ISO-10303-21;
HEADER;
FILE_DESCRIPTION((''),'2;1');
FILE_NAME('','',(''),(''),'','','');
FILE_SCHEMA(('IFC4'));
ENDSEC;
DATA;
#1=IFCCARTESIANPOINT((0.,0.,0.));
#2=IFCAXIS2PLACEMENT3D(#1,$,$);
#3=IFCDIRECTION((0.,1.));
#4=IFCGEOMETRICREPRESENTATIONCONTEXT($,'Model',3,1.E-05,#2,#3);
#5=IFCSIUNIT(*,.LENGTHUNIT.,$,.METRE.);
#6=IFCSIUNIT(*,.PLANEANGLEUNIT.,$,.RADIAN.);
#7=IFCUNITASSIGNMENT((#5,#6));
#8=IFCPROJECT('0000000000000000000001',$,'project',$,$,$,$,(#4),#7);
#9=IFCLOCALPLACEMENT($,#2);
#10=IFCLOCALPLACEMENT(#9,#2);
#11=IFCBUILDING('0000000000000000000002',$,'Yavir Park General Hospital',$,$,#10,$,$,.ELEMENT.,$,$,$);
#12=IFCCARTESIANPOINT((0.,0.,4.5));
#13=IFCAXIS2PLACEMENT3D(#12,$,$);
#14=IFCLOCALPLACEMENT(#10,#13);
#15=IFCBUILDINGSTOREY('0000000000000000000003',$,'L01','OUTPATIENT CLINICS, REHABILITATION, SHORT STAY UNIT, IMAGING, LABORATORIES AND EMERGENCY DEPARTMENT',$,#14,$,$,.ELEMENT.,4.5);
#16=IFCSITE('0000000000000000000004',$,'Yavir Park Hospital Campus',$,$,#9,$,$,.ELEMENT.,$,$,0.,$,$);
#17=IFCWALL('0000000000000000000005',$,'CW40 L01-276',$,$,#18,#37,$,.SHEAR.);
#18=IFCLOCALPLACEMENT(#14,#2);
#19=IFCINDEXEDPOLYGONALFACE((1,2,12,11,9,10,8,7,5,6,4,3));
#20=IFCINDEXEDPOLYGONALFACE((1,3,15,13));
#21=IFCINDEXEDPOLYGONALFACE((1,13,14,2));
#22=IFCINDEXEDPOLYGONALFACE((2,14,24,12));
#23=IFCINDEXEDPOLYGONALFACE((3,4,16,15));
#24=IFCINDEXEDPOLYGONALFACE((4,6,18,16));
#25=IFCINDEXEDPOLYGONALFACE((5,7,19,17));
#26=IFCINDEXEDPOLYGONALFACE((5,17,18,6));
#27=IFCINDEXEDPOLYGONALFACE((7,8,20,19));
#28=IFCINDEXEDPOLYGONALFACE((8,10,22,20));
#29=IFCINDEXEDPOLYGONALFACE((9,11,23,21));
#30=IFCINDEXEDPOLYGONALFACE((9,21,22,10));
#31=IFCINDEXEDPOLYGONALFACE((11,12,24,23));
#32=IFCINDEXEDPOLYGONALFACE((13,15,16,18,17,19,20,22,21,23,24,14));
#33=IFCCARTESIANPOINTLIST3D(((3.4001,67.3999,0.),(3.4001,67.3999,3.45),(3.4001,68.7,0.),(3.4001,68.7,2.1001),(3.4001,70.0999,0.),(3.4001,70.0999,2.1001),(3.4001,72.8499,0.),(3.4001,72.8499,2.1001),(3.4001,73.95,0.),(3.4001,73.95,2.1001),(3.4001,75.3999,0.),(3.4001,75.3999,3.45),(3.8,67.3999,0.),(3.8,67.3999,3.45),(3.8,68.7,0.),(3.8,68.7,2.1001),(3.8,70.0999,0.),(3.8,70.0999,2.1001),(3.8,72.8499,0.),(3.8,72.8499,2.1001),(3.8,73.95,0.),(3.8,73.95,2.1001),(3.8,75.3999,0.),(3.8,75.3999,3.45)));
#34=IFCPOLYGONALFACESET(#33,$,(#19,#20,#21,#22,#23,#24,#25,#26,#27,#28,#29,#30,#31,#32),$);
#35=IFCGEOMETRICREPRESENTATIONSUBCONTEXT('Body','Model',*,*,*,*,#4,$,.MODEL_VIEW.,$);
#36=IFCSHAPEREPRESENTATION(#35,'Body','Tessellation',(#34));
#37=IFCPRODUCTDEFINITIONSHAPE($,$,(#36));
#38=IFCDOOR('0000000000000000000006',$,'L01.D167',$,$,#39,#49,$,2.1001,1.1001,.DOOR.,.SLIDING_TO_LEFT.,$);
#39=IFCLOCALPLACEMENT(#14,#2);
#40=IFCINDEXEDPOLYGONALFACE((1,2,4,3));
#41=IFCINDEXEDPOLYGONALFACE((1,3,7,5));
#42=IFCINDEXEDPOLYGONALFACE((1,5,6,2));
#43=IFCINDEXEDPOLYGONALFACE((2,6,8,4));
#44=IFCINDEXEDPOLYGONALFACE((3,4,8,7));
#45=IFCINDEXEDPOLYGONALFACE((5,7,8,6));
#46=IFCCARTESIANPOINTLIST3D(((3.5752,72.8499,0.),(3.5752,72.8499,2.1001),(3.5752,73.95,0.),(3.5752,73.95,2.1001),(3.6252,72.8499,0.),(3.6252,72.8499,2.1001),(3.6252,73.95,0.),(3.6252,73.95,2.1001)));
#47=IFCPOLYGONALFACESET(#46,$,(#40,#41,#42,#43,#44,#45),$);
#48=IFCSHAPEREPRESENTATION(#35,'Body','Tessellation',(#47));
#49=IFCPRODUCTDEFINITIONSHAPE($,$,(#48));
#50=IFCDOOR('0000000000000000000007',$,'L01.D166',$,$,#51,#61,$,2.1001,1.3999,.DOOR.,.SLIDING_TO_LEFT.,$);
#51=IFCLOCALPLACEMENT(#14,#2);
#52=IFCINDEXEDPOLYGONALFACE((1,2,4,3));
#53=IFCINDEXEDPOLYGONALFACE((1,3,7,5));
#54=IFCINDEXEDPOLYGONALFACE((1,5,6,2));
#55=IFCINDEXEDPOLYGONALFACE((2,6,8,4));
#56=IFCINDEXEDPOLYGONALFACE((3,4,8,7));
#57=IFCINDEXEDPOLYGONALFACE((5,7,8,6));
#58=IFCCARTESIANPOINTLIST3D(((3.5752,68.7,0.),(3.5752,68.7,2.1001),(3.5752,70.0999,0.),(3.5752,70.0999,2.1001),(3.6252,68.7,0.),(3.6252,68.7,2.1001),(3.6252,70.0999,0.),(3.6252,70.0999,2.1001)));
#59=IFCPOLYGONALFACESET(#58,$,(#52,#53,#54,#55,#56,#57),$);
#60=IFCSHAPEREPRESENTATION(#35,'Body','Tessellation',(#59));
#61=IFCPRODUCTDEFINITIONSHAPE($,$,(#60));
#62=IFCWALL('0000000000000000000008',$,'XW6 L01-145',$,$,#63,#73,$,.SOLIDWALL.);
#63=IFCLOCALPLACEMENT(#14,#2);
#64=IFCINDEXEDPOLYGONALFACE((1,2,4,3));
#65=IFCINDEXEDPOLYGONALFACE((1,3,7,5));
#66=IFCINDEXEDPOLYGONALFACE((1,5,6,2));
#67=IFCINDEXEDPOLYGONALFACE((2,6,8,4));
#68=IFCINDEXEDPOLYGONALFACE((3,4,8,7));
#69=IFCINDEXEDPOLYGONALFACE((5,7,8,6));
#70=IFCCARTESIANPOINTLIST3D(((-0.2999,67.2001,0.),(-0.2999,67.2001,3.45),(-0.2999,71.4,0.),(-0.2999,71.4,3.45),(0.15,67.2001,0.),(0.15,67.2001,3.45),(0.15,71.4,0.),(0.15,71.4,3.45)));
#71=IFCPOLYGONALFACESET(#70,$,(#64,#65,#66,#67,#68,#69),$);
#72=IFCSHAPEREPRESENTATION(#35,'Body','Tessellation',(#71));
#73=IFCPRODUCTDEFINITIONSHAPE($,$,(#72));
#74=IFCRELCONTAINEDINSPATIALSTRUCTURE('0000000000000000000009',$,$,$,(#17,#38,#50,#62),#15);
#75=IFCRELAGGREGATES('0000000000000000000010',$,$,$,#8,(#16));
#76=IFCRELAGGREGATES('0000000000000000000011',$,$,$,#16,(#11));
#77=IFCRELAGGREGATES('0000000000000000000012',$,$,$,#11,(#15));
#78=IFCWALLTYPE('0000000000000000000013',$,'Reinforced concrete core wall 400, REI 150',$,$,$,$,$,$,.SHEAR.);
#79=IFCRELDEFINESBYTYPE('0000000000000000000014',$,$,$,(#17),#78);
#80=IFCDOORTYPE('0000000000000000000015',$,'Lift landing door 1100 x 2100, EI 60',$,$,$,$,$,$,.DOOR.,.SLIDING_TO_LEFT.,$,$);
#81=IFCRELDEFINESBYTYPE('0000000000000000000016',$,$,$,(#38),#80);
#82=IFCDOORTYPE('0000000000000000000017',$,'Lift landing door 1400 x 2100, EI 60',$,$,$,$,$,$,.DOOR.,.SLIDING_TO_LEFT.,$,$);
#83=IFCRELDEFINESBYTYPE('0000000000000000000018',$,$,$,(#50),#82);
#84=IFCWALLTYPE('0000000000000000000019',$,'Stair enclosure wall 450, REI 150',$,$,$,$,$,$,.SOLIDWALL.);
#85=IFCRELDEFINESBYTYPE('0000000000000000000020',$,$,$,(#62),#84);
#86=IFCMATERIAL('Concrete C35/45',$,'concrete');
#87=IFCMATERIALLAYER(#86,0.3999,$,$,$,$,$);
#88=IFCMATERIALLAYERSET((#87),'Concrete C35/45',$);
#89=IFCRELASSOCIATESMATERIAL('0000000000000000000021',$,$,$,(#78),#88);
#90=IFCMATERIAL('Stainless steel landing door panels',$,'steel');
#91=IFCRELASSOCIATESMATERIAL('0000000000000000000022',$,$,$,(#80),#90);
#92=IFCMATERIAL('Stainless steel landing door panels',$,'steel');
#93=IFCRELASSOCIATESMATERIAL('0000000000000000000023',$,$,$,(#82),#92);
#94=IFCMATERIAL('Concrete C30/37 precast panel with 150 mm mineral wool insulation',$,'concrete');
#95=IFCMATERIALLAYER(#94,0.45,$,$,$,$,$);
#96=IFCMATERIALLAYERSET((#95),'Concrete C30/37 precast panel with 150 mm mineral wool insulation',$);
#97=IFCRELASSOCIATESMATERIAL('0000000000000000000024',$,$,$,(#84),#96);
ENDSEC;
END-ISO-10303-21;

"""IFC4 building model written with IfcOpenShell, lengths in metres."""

from ifc_helpers import new_model, si_unit, direction, frame, frame_2d, origin, place, context, subcontext, project, spatial, rectangle, extrude, material, layer, layer_set, type_object, element, fill, save


model = new_model("IFC4")

# Units and contexts
model_context = context("Model", 3, precision=1e-05, world=origin(), true_north=direction((0.0, 1.0)))
body_context = subcontext(model_context, "Body", "Model", "MODEL_VIEW")
ifc_project = project(units=[si_unit("LENGTHUNIT", "METRE"), si_unit("PLANEANGLEUNIT", "RADIAN")], contexts=[model_context])

# Site, building, storey
site_placement = place(None, origin())
site = spatial("IfcSite", under=ifc_project, at=site_placement, Name="Yavir Park Hospital Campus", CompositionType="ELEMENT", RefElevation=0.0)
building_placement = place(site_placement, origin())
building = spatial("IfcBuilding", under=site, at=building_placement, Name="Yavir Park General Hospital", CompositionType="ELEMENT")
storey_placement = place(building_placement, frame((0.0, 0.0, 4.5)))
storey = spatial("IfcBuildingStorey", under=building, at=storey_placement, Name="L01", Description="OUTPATIENT CLINICS, REHABILITATION, SHORT STAY UNIT, IMAGING, LABORATORIES AND EMERGENCY DEPARTMENT", CompositionType="ELEMENT", Elevation=4.5)

# Shared definitions
ifc_material_1 = material(Name="Concrete C35/45", Category="concrete")
ifc_layer_1 = layer(ifc_material_1, 0.3999)
ifc_layer_set_1 = layer_set([ifc_layer_1], Name="Concrete C35/45")
wall_type_1 = type_object("IfcWallType", Name="Reinforced concrete core wall 400, REI 150", PredefinedType="SHEAR", material=ifc_layer_set_1)

# Wall, openings, doors
wall_1_placement = place(storey_placement, frame((3.6001, 67.3999, 0.0), z_axis=(0.0, 0.0, 1.0), x_axis=(0.0, 1.0, 0.0)))
wall_1 = element("IfcWall", 1, at=wall_1_placement, inside=storey, type_object=wall_type_1, Name="CW40 L01-276", PredefinedType="SHEAR", context=body_context, shape_type="SweptSolid", body=[
    extrude(rectangle(XDim=8.0, YDim=0.3999, at=frame_2d((4.0, 0.0))), origin(), (0.0, 0.0, 1.0), 3.45),
])
opening_1_placement = place(wall_1_placement, frame((1.3, 0.0, 0.0)))
opening_1 = element("IfcOpeningElement", 2, at=opening_1_placement, cuts=wall_1, PredefinedType="OPENING", context=body_context, shape_type="SweptSolid", body=[
    extrude(rectangle(XDim=1.3999, YDim=2.1001, at=frame_2d((0.7, 1.05))), frame((0.0, 0.21, 0.0), z_axis=(0.0, -1.0, 0.0), x_axis=(1.0, 0.0, 0.0)), (0.0, 0.0, 1.0), 0.4199),
])
opening_2_placement = place(wall_1_placement, frame((5.45, 0.0, 0.0)))
opening_2 = element("IfcOpeningElement", 3, at=opening_2_placement, cuts=wall_1, PredefinedType="OPENING", context=body_context, shape_type="SweptSolid", body=[
    extrude(rectangle(XDim=1.1001, YDim=2.1001, at=frame_2d((0.55, 1.05))), frame((0.0, 0.21, 0.0), z_axis=(0.0, -1.0, 0.0), x_axis=(1.0, 0.0, 0.0)), (0.0, 0.0, 1.0), 0.4199),
])
ifc_material_2 = material(Name="Stainless steel landing door panels", Category="steel")
door_type_1 = type_object("IfcDoorType", Name="Lift landing door 1100 x 2100, EI 60", OperationType="SLIDING_TO_LEFT", PredefinedType="DOOR", material=ifc_material_2)
door_1_placement = place(opening_2_placement, origin())
door_1 = element("IfcDoor", 4, at=door_1_placement, inside=storey, type_object=door_type_1, Name="L01.D167", OperationType="SLIDING_TO_LEFT", OverallHeight=2.1001, OverallWidth=1.1001, PredefinedType="DOOR", context=body_context, shape_type="SweptSolid", body=[
    extrude(rectangle(XDim=1.1001, YDim=2.1001, at=frame_2d((0.55, 1.05))), frame((0.0, 0.0249, 0.0), z_axis=(0.0, -1.0, 0.0), x_axis=(1.0, 0.0, 0.0)), (0.0, 0.0, 1.0), 0.05),
])
fill(opening_2, door_1)
ifc_material_3 = material(Name="Stainless steel landing door panels", Category="steel")
door_type_2 = type_object("IfcDoorType", Name="Lift landing door 1400 x 2100, EI 60", OperationType="SLIDING_TO_LEFT", PredefinedType="DOOR", material=ifc_material_3)
door_2_placement = place(opening_1_placement, origin())
door_2 = element("IfcDoor", 5, at=door_2_placement, inside=storey, type_object=door_type_2, Name="L01.D166", OperationType="SLIDING_TO_LEFT", OverallHeight=2.1001, OverallWidth=1.3999, PredefinedType="DOOR", context=body_context, shape_type="SweptSolid", body=[
    extrude(rectangle(XDim=1.3999, YDim=2.1001, at=frame_2d((0.7, 1.05))), frame((0.0, 0.0249, 0.0), z_axis=(0.0, -1.0, 0.0), x_axis=(1.0, 0.0, 0.0)), (0.0, 0.0, 1.0), 0.05),
])
fill(opening_1, door_2)

# Wall
ifc_material_4 = material(Name="Concrete C30/37 precast panel with 150 mm mineral wool insulation", Category="concrete")
ifc_layer_2 = layer(ifc_material_4, 0.45)
ifc_layer_set_2 = layer_set([ifc_layer_2], Name="Concrete C30/37 precast panel with 150 mm mineral wool insulation")
wall_type_2 = type_object("IfcWallType", Name="Stair enclosure wall 450, REI 150", PredefinedType="SOLIDWALL", material=ifc_layer_set_2)
wall_2_placement = place(storey_placement, frame((-0.075, 67.2, 0.0), z_axis=(0.0, 0.0, 1.0), x_axis=(0.0, 1.0, 0.0)))
element("IfcWall", 6, at=wall_2_placement, inside=storey, type_object=wall_type_2, Name="XW6 L01-145", PredefinedType="SOLIDWALL", context=body_context, shape_type="SweptSolid", body=[
    extrude(rectangle(XDim=4.2, YDim=0.45, at=frame_2d((2.1001, 0.0))), origin(), (0.0, 0.0, 1.0), 3.45),
])

save(model, "model.ifc")
